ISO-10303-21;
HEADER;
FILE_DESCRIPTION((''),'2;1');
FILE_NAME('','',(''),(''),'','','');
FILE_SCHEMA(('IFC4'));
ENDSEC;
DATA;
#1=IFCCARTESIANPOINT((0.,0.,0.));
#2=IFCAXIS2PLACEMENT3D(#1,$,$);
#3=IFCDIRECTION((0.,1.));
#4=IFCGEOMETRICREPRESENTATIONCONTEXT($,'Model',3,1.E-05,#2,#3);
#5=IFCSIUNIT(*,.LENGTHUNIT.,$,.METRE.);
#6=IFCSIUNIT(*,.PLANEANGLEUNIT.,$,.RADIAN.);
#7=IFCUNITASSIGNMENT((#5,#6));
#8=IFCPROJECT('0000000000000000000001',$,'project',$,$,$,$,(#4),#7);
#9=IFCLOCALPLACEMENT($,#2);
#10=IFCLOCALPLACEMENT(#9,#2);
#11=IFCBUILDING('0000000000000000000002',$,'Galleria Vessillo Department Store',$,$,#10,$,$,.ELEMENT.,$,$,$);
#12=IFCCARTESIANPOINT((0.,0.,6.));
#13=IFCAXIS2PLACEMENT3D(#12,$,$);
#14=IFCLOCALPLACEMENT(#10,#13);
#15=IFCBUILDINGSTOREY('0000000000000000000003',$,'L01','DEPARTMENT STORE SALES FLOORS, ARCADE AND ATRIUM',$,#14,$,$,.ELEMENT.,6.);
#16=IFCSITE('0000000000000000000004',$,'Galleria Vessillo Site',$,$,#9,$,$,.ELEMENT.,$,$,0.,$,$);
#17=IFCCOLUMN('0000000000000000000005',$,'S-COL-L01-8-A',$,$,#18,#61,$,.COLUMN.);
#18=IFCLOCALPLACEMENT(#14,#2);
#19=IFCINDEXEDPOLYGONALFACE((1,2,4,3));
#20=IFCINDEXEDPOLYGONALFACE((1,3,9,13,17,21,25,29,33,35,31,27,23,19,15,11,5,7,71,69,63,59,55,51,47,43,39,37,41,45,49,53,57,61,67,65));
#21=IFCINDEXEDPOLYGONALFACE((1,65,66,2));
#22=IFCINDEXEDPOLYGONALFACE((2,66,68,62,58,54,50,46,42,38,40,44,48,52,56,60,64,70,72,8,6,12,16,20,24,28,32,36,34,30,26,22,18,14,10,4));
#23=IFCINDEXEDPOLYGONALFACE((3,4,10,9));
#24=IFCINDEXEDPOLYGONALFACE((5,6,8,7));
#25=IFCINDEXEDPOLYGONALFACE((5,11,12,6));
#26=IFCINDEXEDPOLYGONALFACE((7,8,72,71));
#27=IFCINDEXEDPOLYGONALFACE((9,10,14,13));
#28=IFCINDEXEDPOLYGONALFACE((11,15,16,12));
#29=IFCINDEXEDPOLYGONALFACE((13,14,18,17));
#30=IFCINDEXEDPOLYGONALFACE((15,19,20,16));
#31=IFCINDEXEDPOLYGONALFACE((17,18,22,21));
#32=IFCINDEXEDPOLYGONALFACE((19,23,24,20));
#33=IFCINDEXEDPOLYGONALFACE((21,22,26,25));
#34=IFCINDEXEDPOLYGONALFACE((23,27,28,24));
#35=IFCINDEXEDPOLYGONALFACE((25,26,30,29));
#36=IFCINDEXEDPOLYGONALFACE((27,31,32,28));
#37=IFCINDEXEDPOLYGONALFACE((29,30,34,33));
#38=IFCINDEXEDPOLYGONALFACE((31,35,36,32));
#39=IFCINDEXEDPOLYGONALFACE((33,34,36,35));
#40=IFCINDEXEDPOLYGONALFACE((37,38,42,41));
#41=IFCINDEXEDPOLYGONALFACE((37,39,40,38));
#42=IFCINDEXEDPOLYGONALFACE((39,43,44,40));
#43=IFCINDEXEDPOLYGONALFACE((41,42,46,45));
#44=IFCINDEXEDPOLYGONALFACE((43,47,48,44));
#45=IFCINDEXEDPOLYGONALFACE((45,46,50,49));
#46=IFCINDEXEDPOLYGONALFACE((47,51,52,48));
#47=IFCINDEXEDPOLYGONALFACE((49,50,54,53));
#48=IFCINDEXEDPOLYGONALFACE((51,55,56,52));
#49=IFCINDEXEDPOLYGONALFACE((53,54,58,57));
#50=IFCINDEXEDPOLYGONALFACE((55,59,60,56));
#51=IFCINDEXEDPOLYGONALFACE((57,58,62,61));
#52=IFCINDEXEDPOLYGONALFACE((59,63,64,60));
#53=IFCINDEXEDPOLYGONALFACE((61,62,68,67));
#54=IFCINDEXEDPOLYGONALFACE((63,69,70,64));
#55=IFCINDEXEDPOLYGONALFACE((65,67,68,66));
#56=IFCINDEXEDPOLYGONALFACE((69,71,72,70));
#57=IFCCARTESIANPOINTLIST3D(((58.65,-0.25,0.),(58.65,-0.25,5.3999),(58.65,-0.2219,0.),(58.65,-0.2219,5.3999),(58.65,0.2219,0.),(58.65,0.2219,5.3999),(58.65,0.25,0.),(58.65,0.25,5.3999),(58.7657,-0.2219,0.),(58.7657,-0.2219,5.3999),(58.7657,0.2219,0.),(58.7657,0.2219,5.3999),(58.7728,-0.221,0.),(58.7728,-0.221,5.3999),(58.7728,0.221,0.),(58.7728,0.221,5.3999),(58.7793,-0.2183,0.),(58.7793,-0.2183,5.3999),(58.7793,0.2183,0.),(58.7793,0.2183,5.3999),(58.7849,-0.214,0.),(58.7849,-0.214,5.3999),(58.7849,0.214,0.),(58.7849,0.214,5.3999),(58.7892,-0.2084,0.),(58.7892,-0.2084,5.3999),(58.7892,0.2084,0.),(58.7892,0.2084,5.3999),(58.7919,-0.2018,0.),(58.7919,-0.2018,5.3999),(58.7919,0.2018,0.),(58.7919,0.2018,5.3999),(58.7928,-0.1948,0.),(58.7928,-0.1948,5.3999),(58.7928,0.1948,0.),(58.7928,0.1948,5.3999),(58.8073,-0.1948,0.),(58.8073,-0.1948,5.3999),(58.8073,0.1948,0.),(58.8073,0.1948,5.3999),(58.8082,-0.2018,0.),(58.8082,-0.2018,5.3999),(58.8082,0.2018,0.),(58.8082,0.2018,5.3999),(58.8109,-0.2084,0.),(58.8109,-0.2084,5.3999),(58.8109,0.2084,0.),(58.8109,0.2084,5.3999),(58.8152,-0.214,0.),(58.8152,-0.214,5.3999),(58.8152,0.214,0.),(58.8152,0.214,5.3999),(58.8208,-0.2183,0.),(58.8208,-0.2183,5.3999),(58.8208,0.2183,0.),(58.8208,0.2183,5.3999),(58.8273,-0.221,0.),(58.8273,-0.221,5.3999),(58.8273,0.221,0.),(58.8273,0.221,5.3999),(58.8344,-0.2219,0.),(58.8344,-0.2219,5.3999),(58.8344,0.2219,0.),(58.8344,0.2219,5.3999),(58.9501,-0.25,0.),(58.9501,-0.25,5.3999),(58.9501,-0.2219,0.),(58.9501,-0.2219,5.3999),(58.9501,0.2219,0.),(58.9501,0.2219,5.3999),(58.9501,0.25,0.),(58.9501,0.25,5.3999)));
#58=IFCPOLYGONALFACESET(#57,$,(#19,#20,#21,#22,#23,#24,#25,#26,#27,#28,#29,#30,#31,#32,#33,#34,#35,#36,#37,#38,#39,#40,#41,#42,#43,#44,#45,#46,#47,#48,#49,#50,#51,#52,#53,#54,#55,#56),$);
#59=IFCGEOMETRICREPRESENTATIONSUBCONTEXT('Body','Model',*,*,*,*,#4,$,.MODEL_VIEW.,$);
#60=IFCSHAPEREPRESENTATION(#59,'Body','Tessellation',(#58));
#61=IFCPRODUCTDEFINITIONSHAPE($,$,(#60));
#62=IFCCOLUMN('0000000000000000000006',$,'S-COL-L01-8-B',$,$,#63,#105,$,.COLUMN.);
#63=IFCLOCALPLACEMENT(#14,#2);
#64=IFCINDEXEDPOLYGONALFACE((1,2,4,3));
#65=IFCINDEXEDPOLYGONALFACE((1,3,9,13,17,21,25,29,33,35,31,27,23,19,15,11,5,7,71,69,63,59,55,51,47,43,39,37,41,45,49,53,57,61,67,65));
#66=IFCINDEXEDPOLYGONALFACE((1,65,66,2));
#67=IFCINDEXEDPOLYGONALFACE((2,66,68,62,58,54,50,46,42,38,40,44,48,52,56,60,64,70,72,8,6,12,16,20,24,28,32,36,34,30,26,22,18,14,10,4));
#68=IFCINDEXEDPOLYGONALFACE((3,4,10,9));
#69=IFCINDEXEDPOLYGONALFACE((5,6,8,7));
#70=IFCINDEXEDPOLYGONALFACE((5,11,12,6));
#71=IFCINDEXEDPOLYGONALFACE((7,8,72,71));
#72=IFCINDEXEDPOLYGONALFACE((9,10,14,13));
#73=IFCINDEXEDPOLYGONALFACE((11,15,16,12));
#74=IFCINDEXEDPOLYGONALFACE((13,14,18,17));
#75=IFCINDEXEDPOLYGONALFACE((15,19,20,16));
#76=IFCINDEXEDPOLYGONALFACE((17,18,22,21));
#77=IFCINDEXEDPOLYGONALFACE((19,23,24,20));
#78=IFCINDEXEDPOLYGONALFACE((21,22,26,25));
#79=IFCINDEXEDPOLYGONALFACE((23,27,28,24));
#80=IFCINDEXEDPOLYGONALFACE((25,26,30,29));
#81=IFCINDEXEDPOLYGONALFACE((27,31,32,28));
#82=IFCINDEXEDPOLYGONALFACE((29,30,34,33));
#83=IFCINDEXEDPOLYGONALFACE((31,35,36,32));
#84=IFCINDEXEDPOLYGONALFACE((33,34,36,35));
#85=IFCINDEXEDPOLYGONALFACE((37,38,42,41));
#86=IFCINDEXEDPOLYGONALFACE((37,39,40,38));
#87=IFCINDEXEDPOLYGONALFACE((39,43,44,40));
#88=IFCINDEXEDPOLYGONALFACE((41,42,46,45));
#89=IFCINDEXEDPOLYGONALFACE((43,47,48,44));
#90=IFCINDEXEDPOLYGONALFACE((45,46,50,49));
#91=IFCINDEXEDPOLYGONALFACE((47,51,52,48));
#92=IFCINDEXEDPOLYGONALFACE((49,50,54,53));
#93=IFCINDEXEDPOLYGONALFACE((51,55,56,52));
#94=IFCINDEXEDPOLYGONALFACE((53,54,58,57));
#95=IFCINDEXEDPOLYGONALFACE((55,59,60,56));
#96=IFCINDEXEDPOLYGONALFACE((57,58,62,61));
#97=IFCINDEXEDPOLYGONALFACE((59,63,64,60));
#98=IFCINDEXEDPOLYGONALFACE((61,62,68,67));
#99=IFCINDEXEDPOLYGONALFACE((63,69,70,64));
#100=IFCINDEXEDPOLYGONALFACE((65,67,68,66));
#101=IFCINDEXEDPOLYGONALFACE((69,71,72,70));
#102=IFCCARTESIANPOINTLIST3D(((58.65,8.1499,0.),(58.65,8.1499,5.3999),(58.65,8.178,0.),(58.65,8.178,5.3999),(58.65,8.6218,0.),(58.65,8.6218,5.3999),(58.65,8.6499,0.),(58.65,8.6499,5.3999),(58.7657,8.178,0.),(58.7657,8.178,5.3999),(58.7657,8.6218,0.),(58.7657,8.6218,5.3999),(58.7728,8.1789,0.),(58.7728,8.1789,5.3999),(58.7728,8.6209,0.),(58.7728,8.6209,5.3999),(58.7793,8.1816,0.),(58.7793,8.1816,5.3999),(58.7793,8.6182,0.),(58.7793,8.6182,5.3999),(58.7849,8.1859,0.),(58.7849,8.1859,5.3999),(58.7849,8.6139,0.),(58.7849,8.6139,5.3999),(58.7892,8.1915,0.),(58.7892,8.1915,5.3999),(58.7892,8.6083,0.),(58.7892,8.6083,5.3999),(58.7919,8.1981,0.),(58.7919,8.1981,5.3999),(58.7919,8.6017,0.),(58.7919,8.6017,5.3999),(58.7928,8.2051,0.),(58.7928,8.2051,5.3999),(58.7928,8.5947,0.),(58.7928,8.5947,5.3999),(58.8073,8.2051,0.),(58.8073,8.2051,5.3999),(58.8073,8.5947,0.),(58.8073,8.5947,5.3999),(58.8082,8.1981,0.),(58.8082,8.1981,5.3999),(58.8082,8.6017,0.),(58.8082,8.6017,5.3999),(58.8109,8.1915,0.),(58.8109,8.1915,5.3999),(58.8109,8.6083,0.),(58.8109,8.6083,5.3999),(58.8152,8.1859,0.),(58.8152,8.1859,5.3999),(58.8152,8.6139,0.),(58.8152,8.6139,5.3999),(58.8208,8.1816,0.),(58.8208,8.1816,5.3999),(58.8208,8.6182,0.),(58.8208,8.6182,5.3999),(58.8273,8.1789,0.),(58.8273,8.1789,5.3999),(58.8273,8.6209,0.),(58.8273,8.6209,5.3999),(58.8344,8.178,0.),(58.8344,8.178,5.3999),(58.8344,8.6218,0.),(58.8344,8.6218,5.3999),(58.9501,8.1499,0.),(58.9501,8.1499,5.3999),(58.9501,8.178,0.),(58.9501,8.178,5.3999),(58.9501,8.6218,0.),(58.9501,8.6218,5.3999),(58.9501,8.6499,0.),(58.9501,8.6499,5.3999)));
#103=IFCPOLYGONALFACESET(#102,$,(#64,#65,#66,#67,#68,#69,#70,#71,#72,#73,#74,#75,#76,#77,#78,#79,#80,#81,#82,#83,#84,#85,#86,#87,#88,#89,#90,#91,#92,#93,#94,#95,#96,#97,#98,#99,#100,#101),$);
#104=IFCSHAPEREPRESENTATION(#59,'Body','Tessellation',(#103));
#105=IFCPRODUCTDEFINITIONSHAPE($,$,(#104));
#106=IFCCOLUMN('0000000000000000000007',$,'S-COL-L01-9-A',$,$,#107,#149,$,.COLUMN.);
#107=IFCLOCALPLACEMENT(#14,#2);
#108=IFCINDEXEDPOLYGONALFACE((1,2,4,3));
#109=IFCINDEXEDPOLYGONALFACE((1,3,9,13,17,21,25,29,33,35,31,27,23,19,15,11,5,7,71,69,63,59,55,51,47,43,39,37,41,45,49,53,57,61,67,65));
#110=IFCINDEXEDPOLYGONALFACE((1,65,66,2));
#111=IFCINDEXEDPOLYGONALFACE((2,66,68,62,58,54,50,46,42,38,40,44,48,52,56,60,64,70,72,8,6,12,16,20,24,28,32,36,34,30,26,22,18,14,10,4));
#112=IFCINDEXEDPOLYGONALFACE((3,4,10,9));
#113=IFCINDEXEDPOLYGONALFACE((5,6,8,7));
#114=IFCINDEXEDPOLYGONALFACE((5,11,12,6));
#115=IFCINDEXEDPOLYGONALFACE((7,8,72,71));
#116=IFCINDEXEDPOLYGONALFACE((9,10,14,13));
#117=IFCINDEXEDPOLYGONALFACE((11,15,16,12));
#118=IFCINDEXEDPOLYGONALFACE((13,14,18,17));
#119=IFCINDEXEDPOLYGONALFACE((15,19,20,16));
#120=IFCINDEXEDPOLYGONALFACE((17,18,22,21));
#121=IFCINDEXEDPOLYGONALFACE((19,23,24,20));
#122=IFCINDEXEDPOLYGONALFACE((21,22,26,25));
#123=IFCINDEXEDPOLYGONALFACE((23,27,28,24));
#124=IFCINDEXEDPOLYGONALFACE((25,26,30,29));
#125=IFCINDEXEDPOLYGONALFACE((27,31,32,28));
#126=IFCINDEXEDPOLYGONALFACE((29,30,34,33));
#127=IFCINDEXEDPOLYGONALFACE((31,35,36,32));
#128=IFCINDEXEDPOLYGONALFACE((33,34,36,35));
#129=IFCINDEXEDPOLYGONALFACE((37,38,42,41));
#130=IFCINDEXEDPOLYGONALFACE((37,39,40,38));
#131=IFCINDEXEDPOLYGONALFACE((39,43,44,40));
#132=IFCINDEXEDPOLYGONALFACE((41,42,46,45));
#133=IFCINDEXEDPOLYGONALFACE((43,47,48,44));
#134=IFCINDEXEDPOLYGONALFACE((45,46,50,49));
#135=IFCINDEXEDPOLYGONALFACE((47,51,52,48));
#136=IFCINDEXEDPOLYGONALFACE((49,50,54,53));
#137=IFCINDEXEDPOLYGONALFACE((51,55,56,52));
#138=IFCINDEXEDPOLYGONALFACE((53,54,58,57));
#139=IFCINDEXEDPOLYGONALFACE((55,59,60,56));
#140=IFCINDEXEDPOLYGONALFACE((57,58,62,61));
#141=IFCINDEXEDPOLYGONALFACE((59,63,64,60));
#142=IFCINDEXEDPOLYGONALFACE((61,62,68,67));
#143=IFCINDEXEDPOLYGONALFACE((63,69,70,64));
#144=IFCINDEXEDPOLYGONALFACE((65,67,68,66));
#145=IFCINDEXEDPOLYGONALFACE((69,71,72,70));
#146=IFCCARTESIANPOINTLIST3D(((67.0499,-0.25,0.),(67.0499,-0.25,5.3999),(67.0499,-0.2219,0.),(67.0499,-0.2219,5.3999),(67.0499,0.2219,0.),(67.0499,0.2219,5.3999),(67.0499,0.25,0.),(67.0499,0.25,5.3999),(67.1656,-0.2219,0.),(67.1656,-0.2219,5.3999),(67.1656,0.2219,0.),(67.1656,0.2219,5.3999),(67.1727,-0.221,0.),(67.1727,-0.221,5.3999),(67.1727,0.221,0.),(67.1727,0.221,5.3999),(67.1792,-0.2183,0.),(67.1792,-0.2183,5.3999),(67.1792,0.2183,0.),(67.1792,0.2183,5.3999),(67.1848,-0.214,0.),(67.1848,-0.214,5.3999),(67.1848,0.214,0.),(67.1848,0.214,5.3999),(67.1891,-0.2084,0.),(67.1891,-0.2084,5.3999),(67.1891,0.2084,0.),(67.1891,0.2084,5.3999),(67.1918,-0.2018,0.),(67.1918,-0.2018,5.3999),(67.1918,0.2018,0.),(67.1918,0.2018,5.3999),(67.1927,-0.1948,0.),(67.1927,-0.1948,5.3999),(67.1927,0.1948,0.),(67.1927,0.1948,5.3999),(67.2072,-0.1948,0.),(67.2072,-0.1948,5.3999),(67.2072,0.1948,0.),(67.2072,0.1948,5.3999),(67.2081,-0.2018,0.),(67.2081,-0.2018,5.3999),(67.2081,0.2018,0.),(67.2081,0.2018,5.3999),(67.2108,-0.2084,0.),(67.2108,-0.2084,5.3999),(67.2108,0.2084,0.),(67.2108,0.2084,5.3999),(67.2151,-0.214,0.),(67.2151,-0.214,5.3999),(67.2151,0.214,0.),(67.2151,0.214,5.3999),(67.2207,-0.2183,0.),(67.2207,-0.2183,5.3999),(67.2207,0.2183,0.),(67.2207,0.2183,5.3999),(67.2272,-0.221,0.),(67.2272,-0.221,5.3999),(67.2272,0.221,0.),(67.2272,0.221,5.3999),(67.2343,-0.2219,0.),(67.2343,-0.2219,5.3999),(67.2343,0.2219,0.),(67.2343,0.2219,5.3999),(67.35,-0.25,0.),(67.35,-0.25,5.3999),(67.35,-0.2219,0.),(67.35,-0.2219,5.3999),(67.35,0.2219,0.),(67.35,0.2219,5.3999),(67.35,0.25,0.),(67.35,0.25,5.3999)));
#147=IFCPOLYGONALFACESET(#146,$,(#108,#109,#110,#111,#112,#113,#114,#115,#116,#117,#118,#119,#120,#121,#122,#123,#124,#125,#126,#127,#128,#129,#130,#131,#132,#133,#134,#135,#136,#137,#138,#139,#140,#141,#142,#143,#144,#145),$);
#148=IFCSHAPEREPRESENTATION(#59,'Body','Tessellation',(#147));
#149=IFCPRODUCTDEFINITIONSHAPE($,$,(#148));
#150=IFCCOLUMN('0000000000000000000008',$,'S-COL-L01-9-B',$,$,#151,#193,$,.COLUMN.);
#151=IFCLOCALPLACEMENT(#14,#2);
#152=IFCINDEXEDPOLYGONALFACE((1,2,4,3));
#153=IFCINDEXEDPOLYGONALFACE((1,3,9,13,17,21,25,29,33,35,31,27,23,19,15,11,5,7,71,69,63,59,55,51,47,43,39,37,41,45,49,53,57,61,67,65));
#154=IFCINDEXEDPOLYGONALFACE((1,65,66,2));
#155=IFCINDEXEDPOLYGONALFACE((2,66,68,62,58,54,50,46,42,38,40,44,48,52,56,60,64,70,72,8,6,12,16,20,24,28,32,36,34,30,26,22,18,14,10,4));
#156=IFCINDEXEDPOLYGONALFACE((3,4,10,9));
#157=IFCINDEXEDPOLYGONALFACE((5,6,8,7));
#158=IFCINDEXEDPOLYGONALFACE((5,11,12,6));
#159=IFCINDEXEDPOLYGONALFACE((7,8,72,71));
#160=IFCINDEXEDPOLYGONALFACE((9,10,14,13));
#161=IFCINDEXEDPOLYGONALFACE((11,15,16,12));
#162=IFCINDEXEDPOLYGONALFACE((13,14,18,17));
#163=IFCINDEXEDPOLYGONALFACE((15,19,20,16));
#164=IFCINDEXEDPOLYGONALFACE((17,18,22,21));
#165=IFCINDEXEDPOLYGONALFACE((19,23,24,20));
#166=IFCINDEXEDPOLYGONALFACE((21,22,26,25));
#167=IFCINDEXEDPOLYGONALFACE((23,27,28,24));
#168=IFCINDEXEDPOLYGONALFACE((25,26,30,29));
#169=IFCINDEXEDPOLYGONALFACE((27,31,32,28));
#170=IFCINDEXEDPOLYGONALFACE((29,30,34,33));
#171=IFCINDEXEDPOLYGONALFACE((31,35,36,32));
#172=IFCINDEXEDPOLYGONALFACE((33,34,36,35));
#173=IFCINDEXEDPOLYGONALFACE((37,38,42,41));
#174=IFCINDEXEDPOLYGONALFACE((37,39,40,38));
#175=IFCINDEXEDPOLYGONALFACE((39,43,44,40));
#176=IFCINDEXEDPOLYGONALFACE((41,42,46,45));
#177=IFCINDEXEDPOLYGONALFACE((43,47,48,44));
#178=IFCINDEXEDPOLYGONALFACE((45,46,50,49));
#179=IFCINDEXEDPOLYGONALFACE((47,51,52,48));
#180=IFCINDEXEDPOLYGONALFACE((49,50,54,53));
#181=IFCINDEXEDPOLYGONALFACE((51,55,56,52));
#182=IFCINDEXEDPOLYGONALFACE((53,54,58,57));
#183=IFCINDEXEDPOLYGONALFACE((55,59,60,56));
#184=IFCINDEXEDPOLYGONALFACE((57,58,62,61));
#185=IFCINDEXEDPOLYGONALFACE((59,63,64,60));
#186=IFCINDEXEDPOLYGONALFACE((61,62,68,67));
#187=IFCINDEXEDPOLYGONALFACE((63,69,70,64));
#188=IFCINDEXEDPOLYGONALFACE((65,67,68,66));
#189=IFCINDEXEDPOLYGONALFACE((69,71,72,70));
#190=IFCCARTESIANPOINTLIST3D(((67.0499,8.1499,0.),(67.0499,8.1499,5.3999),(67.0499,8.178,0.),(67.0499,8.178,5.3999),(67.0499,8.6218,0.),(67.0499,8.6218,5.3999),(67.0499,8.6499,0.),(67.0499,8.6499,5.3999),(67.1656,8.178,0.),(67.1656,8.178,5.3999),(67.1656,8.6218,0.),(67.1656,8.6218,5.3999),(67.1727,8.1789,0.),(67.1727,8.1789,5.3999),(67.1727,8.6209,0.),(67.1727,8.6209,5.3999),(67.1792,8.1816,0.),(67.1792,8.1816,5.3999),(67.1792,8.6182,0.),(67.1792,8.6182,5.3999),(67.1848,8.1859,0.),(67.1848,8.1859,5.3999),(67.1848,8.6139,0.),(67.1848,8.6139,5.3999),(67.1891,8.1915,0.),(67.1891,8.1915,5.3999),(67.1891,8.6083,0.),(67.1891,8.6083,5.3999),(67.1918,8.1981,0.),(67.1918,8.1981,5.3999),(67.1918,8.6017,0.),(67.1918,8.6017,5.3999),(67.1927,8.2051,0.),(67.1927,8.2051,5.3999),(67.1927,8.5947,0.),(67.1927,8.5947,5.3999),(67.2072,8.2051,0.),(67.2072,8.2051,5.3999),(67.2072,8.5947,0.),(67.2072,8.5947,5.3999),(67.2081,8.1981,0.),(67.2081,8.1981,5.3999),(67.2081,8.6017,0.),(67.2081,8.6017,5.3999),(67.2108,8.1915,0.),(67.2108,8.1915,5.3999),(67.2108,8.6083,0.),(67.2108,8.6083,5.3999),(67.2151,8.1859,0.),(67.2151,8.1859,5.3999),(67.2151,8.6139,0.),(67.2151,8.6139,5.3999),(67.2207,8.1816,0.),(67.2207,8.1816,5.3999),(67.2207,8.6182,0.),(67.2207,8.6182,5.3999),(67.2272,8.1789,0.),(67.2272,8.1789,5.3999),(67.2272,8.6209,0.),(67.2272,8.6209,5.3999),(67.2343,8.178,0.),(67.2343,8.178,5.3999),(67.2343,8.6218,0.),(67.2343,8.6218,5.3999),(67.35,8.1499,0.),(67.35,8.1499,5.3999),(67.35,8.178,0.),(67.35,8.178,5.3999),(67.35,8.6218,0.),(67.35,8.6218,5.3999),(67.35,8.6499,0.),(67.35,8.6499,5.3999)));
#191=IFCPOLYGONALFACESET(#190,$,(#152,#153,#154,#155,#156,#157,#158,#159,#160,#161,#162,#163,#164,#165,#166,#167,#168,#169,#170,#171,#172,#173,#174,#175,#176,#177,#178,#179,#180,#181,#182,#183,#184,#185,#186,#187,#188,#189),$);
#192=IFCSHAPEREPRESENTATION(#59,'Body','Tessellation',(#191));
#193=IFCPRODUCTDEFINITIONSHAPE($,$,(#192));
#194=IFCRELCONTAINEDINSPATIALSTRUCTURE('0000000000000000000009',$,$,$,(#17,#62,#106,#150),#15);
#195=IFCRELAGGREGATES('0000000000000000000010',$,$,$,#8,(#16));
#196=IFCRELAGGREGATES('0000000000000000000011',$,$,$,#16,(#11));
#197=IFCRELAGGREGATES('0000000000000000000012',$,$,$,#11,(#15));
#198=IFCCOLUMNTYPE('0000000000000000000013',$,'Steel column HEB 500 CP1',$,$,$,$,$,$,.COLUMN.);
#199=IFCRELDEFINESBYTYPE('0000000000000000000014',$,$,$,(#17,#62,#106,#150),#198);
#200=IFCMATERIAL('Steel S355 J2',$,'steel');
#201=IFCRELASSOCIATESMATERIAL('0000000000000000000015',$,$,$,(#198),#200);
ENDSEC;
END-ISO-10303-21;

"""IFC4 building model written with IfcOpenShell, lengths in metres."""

from ifc_helpers import new_model, si_unit, direction, frame, origin, origin_2d, place, context, subcontext, project, spatial, i_section, extrude, material, material_profile, profile_set, type_object, element, save


model = new_model("IFC4")

# Units and contexts
model_context = context("Model", 3, precision=1e-05, world=origin(), true_north=direction((0.0, 1.0)))
body_context = subcontext(model_context, "Body", "Model", "MODEL_VIEW")
ifc_project = project(units=[si_unit("LENGTHUNIT", "METRE"), si_unit("PLANEANGLEUNIT", "RADIAN")], contexts=[model_context])

# Site, building, storey
site_placement = place(None, origin())
site = spatial("IfcSite", under=ifc_project, at=site_placement, Name="Galleria Vessillo Site", CompositionType="ELEMENT", RefElevation=0.0)
building_placement = place(site_placement, origin())
building = spatial("IfcBuilding", under=site, at=building_placement, Name="Galleria Vessillo Department Store", CompositionType="ELEMENT")
storey_placement = place(building_placement, frame((0.0, 0.0, 6.0)))
storey = spatial("IfcBuildingStorey", under=building, at=storey_placement, Name="L01", Description="DEPARTMENT STORE SALES FLOORS, ARCADE AND ATRIUM", CompositionType="ELEMENT", Elevation=6.0)

# Columns
ifc_material_1 = material(Name="Steel S355 J2", Category="steel")
ifc_material_profile_1 = material_profile(ifc_material_1, i_section(OverallWidth=0.3, OverallDepth=0.5, WebThickness=0.0144, FlangeThickness=0.0281, FilletRadius=0.0271, at=origin_2d()), Name="HEB 500")
ifc_profile_set_1 = profile_set([ifc_material_profile_1], Name="Steel S355 J2")
column_type = type_object("IfcColumnType", Name="Steel column HEB 500 CP1", PredefinedType="COLUMN", material=ifc_profile_set_1)
for number, where, z_axis, x_axis, name in (
    (1, (58.8, 0.0, 0.0), (0.0, 0.0, 1.0), (1.0, 0.0, 0.0), "S-COL-L01-8-A"),
    (2, (58.8, 8.3999, 0.0), (0.0, 0.0, 1.0), (1.0, 0.0, 0.0), "S-COL-L01-8-B"),
    (3, (67.2, 0.0, 0.0), (0.0, 0.0, 1.0), (1.0, 0.0, 0.0), "S-COL-L01-9-A"),
    (4, (67.2, 8.3999, 0.0), (0.0, 0.0, 1.0), (1.0, 0.0, 0.0), "S-COL-L01-9-B"),
):
    element("IfcColumn", number, at=place(storey_placement, frame(where, z_axis=z_axis, x_axis=x_axis)), inside=storey, type_object=column_type, Name=name, PredefinedType="COLUMN", context=body_context, shape_type="SweptSolid", body=[
        extrude(i_section(OverallWidth=0.3, OverallDepth=0.5, WebThickness=0.0144, FlangeThickness=0.0281, FilletRadius=0.0271, at=origin_2d()), origin(), (0.0, 0.0, 1.0), 5.3999),
    ])

save(model, "model.ifc")
